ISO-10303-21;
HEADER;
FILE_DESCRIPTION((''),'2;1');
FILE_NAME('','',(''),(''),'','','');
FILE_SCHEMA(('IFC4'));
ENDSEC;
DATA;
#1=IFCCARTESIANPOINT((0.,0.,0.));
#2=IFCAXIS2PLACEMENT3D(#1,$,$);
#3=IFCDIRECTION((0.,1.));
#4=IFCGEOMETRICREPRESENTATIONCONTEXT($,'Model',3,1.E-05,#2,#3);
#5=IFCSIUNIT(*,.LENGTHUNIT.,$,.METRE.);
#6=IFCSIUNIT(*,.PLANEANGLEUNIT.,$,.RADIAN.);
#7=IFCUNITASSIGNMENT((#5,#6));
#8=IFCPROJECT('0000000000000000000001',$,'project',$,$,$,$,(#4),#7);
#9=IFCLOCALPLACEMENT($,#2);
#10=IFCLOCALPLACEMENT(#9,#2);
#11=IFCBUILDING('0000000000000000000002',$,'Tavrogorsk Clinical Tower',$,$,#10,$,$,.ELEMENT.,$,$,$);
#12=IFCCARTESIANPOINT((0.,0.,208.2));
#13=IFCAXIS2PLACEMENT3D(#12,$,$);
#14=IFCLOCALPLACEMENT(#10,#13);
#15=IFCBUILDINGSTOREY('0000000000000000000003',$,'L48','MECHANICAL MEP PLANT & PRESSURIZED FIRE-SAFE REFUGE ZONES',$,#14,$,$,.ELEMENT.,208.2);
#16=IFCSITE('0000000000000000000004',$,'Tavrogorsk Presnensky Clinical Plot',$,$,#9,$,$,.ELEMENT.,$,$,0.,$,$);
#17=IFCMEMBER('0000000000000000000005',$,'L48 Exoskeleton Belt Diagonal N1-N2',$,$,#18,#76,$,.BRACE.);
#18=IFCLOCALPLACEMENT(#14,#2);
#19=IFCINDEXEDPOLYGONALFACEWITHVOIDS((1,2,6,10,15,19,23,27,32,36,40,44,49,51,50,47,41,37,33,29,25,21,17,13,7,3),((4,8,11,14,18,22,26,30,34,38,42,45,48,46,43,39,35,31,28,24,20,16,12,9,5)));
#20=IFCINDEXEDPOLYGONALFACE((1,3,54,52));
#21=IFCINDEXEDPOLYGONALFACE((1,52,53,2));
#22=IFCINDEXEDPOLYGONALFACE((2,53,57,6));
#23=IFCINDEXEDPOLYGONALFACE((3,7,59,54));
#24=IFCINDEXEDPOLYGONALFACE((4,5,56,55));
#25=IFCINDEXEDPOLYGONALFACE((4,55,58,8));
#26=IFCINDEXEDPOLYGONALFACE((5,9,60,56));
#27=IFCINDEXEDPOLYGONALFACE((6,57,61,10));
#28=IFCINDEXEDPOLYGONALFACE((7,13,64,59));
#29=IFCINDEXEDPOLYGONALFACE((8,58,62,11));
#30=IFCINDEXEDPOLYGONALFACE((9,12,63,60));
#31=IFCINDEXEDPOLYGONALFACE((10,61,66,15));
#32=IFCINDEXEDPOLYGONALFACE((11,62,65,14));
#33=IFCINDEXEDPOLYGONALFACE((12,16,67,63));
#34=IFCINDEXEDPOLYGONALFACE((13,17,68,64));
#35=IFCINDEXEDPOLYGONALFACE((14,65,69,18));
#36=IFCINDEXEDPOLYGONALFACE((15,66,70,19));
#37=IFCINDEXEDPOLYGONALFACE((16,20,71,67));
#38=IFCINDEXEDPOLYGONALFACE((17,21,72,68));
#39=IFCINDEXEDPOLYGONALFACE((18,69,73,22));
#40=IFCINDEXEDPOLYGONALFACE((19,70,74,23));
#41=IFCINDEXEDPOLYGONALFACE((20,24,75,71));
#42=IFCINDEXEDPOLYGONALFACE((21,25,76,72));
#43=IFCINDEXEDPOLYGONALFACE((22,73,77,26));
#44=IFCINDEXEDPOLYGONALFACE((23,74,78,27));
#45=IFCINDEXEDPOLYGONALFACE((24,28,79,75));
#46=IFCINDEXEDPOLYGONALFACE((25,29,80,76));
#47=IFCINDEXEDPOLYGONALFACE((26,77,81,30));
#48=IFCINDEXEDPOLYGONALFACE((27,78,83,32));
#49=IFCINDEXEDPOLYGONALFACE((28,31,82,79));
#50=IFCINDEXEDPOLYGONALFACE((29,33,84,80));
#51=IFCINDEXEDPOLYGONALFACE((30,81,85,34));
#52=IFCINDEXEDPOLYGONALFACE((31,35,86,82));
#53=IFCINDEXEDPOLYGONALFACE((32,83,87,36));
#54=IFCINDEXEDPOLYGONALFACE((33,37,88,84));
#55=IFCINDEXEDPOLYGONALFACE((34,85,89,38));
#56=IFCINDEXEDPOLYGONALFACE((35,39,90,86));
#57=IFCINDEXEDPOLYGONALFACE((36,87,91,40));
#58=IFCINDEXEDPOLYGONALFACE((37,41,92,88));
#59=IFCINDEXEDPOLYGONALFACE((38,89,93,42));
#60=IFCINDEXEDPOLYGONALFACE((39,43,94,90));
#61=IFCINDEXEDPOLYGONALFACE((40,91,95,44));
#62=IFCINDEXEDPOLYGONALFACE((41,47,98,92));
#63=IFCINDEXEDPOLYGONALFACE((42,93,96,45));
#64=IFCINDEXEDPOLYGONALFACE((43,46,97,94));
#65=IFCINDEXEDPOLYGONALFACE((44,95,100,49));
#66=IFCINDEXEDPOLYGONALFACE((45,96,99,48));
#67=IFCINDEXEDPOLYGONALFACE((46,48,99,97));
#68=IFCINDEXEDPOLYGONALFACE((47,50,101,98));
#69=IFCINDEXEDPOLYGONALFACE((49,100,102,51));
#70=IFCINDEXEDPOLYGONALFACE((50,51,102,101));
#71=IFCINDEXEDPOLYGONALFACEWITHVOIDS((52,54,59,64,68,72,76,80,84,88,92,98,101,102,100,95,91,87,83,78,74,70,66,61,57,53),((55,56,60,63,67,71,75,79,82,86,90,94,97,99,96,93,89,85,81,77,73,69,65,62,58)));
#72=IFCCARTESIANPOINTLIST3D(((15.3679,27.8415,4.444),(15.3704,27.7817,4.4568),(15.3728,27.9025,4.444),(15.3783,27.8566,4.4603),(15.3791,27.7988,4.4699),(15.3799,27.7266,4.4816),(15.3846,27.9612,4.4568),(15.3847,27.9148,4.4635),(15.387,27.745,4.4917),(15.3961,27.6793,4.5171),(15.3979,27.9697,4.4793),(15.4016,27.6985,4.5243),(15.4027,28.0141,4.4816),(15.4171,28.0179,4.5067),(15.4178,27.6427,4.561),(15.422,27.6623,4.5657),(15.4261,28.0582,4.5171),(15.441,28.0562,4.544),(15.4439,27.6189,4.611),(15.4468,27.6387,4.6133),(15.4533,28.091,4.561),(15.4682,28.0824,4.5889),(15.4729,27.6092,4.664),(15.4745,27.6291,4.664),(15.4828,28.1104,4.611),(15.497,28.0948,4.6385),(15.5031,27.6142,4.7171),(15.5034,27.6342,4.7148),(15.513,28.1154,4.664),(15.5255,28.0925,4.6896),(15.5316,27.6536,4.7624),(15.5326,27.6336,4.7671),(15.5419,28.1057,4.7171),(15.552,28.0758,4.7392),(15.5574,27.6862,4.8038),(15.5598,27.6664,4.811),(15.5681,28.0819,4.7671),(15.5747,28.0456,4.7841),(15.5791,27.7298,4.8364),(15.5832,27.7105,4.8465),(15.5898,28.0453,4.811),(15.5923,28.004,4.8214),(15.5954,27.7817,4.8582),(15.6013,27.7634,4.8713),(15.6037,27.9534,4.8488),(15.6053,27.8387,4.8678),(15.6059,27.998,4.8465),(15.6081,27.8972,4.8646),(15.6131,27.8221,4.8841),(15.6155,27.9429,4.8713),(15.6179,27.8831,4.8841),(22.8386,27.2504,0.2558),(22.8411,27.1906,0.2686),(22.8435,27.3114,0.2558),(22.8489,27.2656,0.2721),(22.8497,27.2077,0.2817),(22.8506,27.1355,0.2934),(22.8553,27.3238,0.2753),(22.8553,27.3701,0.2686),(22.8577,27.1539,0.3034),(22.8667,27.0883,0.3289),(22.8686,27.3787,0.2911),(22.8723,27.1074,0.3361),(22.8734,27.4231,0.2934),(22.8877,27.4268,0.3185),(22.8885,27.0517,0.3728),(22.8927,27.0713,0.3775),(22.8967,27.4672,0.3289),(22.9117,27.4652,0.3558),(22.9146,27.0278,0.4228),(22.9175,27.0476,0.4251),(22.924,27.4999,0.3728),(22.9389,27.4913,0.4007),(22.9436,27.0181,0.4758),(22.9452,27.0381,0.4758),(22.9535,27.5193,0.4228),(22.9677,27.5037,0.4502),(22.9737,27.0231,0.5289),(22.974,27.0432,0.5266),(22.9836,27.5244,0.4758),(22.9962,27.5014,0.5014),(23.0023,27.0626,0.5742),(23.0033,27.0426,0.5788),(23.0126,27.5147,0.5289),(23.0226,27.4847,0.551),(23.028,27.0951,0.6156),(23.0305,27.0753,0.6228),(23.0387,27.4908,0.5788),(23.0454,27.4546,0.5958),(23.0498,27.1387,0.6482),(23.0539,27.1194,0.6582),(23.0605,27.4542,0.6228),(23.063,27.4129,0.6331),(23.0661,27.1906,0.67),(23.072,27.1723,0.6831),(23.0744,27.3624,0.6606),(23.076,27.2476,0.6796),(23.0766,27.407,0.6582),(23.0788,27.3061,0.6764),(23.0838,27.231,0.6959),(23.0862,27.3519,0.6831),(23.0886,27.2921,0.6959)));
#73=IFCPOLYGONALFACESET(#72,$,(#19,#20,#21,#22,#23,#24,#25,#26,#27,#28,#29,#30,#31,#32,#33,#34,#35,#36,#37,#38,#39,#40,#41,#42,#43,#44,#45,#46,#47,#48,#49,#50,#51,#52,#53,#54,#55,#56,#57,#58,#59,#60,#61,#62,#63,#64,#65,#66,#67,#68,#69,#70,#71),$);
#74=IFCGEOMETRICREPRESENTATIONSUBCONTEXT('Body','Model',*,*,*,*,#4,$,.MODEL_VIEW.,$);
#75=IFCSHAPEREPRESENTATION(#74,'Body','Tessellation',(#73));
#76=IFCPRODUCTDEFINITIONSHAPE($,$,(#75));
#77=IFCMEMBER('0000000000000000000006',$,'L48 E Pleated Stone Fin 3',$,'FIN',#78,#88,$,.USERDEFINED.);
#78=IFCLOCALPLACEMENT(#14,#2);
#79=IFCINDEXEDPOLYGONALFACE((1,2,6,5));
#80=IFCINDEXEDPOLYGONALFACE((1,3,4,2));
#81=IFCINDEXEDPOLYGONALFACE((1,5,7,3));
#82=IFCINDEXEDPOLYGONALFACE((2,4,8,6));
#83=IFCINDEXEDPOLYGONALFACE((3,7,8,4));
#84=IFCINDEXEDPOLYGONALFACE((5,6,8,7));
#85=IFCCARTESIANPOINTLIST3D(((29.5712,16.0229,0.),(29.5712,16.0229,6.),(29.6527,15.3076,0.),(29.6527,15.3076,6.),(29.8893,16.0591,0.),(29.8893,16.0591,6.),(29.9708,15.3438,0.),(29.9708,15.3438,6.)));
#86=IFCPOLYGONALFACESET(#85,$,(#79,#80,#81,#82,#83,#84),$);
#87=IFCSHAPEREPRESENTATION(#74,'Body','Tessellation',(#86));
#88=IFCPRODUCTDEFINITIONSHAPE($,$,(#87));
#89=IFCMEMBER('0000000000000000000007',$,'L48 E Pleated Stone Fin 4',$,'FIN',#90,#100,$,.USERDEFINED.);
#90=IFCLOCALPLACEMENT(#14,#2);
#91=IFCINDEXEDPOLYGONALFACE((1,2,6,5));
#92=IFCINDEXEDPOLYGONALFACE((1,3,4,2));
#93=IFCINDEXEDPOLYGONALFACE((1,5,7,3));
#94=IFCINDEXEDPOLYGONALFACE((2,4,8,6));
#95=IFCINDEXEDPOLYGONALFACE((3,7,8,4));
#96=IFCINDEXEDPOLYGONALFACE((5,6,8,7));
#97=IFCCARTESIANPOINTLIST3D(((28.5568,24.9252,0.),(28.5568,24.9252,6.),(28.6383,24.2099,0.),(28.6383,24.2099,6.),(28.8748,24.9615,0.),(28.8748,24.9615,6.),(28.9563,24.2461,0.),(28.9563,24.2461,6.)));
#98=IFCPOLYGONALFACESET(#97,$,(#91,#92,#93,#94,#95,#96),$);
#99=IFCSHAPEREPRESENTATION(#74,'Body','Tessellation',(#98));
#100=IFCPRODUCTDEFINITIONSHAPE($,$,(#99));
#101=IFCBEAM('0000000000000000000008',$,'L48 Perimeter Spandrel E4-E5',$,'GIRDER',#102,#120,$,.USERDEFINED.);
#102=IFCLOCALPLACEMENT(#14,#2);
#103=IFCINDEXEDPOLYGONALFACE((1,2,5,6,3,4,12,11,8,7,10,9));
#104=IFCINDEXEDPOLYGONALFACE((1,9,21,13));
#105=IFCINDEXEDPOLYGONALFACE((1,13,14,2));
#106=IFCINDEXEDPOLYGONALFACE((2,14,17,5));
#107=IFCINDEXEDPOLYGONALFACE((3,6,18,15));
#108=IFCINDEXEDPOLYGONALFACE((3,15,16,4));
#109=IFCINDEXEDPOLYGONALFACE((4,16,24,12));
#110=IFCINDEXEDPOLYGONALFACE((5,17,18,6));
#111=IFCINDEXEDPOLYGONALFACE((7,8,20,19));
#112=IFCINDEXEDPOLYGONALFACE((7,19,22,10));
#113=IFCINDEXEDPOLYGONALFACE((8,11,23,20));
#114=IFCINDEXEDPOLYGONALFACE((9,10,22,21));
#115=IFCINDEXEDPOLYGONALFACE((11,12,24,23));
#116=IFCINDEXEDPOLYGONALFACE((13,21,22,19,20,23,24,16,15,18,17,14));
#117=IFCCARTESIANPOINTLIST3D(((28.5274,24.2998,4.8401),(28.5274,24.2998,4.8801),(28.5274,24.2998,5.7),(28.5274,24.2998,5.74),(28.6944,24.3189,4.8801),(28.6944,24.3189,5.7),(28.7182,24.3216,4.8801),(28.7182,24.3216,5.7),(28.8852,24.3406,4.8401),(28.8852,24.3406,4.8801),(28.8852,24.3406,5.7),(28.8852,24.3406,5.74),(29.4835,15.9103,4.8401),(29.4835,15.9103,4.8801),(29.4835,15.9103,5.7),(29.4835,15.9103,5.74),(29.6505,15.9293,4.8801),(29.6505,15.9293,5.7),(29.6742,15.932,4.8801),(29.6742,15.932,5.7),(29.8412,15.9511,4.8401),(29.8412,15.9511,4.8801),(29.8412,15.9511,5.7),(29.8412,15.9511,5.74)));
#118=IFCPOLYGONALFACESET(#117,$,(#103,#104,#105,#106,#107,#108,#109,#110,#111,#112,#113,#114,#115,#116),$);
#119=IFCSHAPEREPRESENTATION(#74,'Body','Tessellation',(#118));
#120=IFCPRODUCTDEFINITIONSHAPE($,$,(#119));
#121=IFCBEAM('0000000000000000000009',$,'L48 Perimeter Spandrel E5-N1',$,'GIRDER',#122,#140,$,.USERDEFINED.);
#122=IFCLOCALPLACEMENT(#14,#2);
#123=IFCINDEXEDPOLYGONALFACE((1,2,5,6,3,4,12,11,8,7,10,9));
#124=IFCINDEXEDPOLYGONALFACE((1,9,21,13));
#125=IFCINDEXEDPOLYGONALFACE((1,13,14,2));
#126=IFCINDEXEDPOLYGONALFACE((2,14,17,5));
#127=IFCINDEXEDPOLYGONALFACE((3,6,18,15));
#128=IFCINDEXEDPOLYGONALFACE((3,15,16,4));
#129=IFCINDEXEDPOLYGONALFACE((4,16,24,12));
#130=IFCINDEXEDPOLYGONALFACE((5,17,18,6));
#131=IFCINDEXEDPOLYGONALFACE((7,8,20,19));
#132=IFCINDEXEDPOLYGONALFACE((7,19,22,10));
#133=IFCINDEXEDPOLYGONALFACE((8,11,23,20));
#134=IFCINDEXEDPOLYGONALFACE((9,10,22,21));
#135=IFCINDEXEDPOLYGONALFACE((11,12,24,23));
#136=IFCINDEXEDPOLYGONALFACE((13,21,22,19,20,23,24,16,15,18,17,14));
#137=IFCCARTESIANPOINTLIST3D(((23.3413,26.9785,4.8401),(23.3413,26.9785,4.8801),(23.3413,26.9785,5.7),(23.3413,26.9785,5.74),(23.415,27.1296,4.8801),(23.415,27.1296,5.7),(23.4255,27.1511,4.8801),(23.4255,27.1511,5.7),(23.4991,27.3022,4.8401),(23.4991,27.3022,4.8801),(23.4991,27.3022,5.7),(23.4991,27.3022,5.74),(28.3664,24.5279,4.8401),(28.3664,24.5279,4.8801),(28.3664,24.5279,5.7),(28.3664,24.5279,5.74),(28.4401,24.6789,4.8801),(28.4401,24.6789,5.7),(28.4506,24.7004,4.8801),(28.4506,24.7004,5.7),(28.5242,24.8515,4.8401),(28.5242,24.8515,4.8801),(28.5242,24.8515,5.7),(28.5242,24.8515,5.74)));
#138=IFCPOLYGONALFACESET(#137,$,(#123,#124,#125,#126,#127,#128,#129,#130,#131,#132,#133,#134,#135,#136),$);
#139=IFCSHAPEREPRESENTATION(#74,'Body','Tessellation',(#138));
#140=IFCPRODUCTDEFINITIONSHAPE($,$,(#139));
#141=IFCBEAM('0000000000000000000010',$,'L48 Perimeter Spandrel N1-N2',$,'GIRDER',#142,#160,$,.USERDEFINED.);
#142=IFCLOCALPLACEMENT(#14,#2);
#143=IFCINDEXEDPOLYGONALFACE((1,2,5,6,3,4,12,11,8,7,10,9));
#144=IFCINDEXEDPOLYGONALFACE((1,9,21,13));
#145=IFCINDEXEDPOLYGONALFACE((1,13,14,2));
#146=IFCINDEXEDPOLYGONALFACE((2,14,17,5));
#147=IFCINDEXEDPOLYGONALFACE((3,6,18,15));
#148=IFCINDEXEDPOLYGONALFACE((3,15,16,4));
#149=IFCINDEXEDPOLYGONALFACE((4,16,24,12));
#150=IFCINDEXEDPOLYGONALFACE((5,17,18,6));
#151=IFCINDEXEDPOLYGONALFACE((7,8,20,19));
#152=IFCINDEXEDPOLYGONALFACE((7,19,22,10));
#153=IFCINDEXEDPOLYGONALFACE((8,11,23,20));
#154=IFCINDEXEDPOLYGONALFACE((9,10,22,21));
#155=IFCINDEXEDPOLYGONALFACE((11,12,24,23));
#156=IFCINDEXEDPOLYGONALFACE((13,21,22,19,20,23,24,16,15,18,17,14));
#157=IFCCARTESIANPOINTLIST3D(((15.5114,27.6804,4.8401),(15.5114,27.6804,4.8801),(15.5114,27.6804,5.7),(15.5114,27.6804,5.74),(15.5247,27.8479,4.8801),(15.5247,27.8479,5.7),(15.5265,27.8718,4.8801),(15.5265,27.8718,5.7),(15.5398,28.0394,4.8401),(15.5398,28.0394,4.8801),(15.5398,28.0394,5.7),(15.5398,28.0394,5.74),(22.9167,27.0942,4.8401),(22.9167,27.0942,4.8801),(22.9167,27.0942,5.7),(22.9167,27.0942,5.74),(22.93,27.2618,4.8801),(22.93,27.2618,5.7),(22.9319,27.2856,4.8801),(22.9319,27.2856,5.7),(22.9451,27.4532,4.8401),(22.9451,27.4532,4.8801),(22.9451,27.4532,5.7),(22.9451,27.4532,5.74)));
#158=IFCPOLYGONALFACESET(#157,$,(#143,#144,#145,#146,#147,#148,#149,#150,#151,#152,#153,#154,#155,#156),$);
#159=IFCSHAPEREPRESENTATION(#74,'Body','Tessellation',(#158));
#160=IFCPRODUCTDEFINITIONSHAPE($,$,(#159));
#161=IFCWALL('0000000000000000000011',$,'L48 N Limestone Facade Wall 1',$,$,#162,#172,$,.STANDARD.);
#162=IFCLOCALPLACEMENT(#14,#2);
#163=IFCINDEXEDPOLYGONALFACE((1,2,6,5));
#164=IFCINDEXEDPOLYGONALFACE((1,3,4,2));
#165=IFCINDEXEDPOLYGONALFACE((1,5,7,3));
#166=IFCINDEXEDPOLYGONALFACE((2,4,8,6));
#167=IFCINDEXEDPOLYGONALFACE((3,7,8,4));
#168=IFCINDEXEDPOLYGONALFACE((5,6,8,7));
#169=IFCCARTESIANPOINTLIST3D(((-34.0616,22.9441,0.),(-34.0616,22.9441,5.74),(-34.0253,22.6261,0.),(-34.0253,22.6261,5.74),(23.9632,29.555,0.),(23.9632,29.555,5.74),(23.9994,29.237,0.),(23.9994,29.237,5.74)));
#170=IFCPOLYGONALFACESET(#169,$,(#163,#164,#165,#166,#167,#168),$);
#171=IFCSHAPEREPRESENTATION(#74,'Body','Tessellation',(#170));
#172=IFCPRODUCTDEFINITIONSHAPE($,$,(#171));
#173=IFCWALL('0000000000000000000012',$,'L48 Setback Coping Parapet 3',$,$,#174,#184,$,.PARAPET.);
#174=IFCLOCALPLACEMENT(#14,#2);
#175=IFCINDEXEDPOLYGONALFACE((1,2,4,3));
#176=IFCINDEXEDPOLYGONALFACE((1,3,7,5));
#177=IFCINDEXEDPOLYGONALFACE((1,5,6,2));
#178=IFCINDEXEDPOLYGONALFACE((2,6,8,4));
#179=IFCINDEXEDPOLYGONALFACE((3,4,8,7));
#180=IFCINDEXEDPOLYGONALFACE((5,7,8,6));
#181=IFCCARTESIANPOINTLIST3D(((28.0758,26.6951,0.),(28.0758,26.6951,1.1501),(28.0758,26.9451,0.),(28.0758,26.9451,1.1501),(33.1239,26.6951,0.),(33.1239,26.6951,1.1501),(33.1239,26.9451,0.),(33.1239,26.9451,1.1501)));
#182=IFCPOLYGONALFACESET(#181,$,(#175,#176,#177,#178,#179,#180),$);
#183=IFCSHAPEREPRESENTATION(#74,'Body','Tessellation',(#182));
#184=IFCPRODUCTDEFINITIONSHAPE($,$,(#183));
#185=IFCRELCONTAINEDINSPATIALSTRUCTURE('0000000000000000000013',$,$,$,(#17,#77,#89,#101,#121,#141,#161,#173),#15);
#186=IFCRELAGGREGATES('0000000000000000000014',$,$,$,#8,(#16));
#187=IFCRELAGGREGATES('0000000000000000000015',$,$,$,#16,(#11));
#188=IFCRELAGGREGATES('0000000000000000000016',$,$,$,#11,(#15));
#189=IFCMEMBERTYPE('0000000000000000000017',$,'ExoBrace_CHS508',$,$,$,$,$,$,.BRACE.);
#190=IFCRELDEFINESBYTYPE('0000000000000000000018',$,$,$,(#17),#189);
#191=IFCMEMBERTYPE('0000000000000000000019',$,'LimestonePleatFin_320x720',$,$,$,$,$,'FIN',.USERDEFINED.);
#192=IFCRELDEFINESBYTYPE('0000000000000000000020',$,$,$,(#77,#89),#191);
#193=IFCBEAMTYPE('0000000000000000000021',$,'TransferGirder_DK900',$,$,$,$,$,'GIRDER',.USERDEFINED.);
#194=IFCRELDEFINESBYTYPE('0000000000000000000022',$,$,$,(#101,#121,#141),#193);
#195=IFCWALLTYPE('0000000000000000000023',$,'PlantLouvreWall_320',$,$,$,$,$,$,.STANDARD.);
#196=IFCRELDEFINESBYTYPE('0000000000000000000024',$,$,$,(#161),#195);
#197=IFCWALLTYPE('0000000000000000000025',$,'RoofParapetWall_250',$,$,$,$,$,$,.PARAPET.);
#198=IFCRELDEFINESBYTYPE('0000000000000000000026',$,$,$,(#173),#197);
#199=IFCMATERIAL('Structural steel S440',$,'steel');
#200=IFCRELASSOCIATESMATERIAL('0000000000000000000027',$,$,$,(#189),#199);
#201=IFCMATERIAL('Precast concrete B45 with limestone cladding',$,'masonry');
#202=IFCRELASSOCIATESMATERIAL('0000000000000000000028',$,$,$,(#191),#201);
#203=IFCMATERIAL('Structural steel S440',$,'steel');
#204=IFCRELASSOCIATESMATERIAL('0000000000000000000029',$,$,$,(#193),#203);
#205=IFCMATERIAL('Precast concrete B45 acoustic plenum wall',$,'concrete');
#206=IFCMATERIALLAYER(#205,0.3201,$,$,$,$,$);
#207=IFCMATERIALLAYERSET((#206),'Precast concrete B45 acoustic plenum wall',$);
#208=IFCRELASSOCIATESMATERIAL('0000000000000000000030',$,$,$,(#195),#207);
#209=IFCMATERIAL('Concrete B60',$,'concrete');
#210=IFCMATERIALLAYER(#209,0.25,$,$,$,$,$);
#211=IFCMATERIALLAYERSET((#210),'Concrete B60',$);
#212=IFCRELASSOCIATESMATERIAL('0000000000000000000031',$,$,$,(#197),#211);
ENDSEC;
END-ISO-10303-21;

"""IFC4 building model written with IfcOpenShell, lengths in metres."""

from ifc_helpers import new_model, si_unit, direction, frame, frame_2d, origin, origin_2d, place, context, subcontext, project, spatial, rectangle, hollow_circle, i_section, extrude, material, layer, layer_set, material_profile, profile_set, type_object, element, save


model = new_model("IFC4")

# Units and contexts
model_context = context("Model", 3, precision=1e-05, world=origin(), true_north=direction((0.0, 1.0)))
body_context = subcontext(model_context, "Body", "Model", "MODEL_VIEW")
ifc_project = project(units=[si_unit("LENGTHUNIT", "METRE"), si_unit("PLANEANGLEUNIT", "RADIAN")], contexts=[model_context])

# Site, building, storey
site_placement = place(None, origin())
site = spatial("IfcSite", under=ifc_project, at=site_placement, Name="Tavrogorsk Presnensky Clinical Plot", CompositionType="ELEMENT", RefElevation=0.0)
building_placement = place(site_placement, origin())
building = spatial("IfcBuilding", under=site, at=building_placement, Name="Tavrogorsk Clinical Tower", CompositionType="ELEMENT")
storey_placement = place(building_placement, frame((0.0, 0.0, 208.2)))
storey = spatial("IfcBuildingStorey", under=building, at=storey_placement, Name="L48", Description="MECHANICAL MEP PLANT & PRESSURIZED FIRE-SAFE REFUGE ZONES", CompositionType="ELEMENT", Elevation=208.2)

# Members
ifc_material_1 = material(Name="Structural steel S440", Category="steel")
ifc_material_profile_1 = material_profile(ifc_material_1, hollow_circle(Radius=0.2539, WallThickness=0.02, at=origin_2d()), Name="CHS-508x20")
ifc_profile_set_1 = profile_set([ifc_material_profile_1], Name="Structural steel S440")
member_type_1 = type_object("IfcMemberType", Name="ExoBrace_CHS508", PredefinedType="BRACE", material=ifc_profile_set_1)
member_1_placement = place(storey_placement, frame((22.9636, 27.2712, 0.4758), z_axis=(-0.870205, 0.068849, 0.487855), x_axis=(-0.078871, -0.996885, 0.0)))
element("IfcMember", 1, at=member_1_placement, inside=storey, type_object=member_type_1, Name="L48 Exoskeleton Belt Diagonal N1-N2", PredefinedType="BRACE", context=body_context, shape_type="SweptSolid", body=[
    extrude(hollow_circle(Radius=0.2539, WallThickness=0.02, at=origin_2d()), origin(), (0.0, 0.0, 1.0), 8.585),
])
ifc_material_2 = material(Name="Precast concrete B45 with limestone cladding", Category="masonry")
ifc_material_profile_2 = material_profile(ifc_material_2, rectangle(XDim=0.3201, YDim=0.72, at=origin_2d()), Name="LIMESTONE-FIN-320x720")
ifc_profile_set_2 = profile_set([ifc_material_profile_2], Name="Precast concrete B45 with limestone cladding")
member_type_2 = type_object("IfcMemberType", Name="LimestonePleatFin_320x720", ElementType="FIN", PredefinedType="USERDEFINED", material=ifc_profile_set_2)
for number, where, z_axis, x_axis, name in (
    (2, (29.771, 15.6833, 0.0), (0.0, 0.0, 1.0), (0.993572, 0.113203, 0.0), "L48 E Pleated Stone Fin 3"),
    (3, (28.7566, 24.5857, 0.0), (0.0, 0.0, 1.0), (0.993572, 0.113203, 0.0), "L48 E Pleated Stone Fin 4"),
):
    element("IfcMember", number, at=place(storey_placement, frame(where, z_axis=z_axis, x_axis=x_axis)), inside=storey, type_object=member_type_2, Name=name, ObjectType="FIN", PredefinedType="USERDEFINED", context=body_context, shape_type="SweptSolid", body=[
        extrude(rectangle(XDim=0.3201, YDim=0.72, at=origin_2d()), origin(), (0.0, 0.0, 1.0), 6.0),
    ])

# Beams
ifc_material_3 = material(Name="Structural steel S440", Category="steel")
ifc_material_profile_3 = material_profile(ifc_material_3, i_section(OverallWidth=0.3601, OverallDepth=0.8999, WebThickness=0.0239, FlangeThickness=0.04, at=origin_2d()), Name="DK-900x360x24x40")
ifc_profile_set_3 = profile_set([ifc_material_profile_3], Name="Structural steel S440")
beam_type = type_object("IfcBeamType", Name="TransferGirder_DK900", ElementType="GIRDER", PredefinedType="USERDEFINED", material=ifc_profile_set_3)
beam_1_placement = place(storey_placement, frame((29.6624, 15.9307, 5.29), z_axis=(-0.113224, 0.99357, 0.0), x_axis=(-0.99357, -0.113224, 0.0)))
element("IfcBeam", 4, at=beam_1_placement, inside=storey, type_object=beam_type, Name="L48 Perimeter Spandrel E4-E5", ObjectType="GIRDER", PredefinedType="USERDEFINED", context=body_context, shape_type="SweptSolid", body=[
    extrude(i_section(OverallWidth=0.3601, OverallDepth=0.8999, WebThickness=0.0239, FlangeThickness=0.04, at=origin_2d()), origin(), (0.0, 0.0, 1.0), 8.4438),
])
beam_2_placement = place(storey_placement, frame((28.4453, 24.6897, 5.29), z_axis=(-0.898811, 0.438336, 0.0), x_axis=(-0.438336, -0.898811, 0.0)))
element("IfcBeam", 5, at=beam_2_placement, inside=storey, type_object=beam_type, Name="L48 Perimeter Spandrel E5-N1", ObjectType="GIRDER", PredefinedType="USERDEFINED", context=body_context, shape_type="SweptSolid", body=[
    extrude(i_section(OverallWidth=0.3601, OverallDepth=0.8999, WebThickness=0.0239, FlangeThickness=0.04, at=origin_2d()), origin(), (0.0, 0.0, 1.0), 5.5908),
])
beam_3_placement = place(storey_placement, frame((22.9309, 27.2737, 5.29), z_axis=(-0.996882, 0.07891, 0.0), x_axis=(-0.07891, -0.996882, 0.0)))
element("IfcBeam", 6, at=beam_3_placement, inside=storey, type_object=beam_type, Name="L48 Perimeter Spandrel N1-N2", ObjectType="GIRDER", PredefinedType="USERDEFINED", context=body_context, shape_type="SweptSolid", body=[
    extrude(i_section(OverallWidth=0.3601, OverallDepth=0.8999, WebThickness=0.0239, FlangeThickness=0.04, at=origin_2d()), origin(), (0.0, 0.0, 1.0), 7.4285),
])

# Walls
ifc_material_4 = material(Name="Precast concrete B45 acoustic plenum wall", Category="concrete")
ifc_layer_1 = layer(ifc_material_4, 0.3201)
ifc_layer_set_1 = layer_set([ifc_layer_1], Name="Precast concrete B45 acoustic plenum wall")
wall_type_1 = type_object("IfcWallType", Name="PlantLouvreWall_320", PredefinedType="STANDARD", material=ifc_layer_set_1)
wall_1_placement = place(storey_placement, frame((23.9814, 29.396, 0.0), z_axis=(0.0, 0.0, 1.0), x_axis=(-0.993572, -0.113199, 0.0)))
element("IfcWall", 7, at=wall_1_placement, inside=storey, type_object=wall_type_1, Name="L48 N Limestone Facade Wall 1", PredefinedType="STANDARD", context=body_context, shape_type="SweptSolid", body=[
    extrude(rectangle(XDim=58.4001, YDim=0.3201, at=frame_2d((29.2002, 0.0))), origin(), (0.0, 0.0, 1.0), 5.74),
])
ifc_material_5 = material(Name="Concrete B60", Category="concrete")
ifc_layer_2 = layer(ifc_material_5, 0.25)
ifc_layer_set_2 = layer_set([ifc_layer_2], Name="Concrete B60")
wall_type_2 = type_object("IfcWallType", Name="RoofParapetWall_250", PredefinedType="PARAPET", material=ifc_layer_set_2)
wall_2_placement = place(storey_placement, frame((28.0759, 26.8201, 0.0), z_axis=(0.0, 0.0, 1.0), x_axis=(1.0, 0.0, 0.0)))
element("IfcWall", 8, at=wall_2_placement, inside=storey, type_object=wall_type_2, Name="L48 Setback Coping Parapet 3", PredefinedType="PARAPET", context=body_context, shape_type="SweptSolid", body=[
    extrude(rectangle(XDim=5.0481, YDim=0.25, at=frame_2d((2.5239, 0.0))), origin(), (0.0, 0.0, 1.0), 1.1501),
])

save(model, "model.ifc")
